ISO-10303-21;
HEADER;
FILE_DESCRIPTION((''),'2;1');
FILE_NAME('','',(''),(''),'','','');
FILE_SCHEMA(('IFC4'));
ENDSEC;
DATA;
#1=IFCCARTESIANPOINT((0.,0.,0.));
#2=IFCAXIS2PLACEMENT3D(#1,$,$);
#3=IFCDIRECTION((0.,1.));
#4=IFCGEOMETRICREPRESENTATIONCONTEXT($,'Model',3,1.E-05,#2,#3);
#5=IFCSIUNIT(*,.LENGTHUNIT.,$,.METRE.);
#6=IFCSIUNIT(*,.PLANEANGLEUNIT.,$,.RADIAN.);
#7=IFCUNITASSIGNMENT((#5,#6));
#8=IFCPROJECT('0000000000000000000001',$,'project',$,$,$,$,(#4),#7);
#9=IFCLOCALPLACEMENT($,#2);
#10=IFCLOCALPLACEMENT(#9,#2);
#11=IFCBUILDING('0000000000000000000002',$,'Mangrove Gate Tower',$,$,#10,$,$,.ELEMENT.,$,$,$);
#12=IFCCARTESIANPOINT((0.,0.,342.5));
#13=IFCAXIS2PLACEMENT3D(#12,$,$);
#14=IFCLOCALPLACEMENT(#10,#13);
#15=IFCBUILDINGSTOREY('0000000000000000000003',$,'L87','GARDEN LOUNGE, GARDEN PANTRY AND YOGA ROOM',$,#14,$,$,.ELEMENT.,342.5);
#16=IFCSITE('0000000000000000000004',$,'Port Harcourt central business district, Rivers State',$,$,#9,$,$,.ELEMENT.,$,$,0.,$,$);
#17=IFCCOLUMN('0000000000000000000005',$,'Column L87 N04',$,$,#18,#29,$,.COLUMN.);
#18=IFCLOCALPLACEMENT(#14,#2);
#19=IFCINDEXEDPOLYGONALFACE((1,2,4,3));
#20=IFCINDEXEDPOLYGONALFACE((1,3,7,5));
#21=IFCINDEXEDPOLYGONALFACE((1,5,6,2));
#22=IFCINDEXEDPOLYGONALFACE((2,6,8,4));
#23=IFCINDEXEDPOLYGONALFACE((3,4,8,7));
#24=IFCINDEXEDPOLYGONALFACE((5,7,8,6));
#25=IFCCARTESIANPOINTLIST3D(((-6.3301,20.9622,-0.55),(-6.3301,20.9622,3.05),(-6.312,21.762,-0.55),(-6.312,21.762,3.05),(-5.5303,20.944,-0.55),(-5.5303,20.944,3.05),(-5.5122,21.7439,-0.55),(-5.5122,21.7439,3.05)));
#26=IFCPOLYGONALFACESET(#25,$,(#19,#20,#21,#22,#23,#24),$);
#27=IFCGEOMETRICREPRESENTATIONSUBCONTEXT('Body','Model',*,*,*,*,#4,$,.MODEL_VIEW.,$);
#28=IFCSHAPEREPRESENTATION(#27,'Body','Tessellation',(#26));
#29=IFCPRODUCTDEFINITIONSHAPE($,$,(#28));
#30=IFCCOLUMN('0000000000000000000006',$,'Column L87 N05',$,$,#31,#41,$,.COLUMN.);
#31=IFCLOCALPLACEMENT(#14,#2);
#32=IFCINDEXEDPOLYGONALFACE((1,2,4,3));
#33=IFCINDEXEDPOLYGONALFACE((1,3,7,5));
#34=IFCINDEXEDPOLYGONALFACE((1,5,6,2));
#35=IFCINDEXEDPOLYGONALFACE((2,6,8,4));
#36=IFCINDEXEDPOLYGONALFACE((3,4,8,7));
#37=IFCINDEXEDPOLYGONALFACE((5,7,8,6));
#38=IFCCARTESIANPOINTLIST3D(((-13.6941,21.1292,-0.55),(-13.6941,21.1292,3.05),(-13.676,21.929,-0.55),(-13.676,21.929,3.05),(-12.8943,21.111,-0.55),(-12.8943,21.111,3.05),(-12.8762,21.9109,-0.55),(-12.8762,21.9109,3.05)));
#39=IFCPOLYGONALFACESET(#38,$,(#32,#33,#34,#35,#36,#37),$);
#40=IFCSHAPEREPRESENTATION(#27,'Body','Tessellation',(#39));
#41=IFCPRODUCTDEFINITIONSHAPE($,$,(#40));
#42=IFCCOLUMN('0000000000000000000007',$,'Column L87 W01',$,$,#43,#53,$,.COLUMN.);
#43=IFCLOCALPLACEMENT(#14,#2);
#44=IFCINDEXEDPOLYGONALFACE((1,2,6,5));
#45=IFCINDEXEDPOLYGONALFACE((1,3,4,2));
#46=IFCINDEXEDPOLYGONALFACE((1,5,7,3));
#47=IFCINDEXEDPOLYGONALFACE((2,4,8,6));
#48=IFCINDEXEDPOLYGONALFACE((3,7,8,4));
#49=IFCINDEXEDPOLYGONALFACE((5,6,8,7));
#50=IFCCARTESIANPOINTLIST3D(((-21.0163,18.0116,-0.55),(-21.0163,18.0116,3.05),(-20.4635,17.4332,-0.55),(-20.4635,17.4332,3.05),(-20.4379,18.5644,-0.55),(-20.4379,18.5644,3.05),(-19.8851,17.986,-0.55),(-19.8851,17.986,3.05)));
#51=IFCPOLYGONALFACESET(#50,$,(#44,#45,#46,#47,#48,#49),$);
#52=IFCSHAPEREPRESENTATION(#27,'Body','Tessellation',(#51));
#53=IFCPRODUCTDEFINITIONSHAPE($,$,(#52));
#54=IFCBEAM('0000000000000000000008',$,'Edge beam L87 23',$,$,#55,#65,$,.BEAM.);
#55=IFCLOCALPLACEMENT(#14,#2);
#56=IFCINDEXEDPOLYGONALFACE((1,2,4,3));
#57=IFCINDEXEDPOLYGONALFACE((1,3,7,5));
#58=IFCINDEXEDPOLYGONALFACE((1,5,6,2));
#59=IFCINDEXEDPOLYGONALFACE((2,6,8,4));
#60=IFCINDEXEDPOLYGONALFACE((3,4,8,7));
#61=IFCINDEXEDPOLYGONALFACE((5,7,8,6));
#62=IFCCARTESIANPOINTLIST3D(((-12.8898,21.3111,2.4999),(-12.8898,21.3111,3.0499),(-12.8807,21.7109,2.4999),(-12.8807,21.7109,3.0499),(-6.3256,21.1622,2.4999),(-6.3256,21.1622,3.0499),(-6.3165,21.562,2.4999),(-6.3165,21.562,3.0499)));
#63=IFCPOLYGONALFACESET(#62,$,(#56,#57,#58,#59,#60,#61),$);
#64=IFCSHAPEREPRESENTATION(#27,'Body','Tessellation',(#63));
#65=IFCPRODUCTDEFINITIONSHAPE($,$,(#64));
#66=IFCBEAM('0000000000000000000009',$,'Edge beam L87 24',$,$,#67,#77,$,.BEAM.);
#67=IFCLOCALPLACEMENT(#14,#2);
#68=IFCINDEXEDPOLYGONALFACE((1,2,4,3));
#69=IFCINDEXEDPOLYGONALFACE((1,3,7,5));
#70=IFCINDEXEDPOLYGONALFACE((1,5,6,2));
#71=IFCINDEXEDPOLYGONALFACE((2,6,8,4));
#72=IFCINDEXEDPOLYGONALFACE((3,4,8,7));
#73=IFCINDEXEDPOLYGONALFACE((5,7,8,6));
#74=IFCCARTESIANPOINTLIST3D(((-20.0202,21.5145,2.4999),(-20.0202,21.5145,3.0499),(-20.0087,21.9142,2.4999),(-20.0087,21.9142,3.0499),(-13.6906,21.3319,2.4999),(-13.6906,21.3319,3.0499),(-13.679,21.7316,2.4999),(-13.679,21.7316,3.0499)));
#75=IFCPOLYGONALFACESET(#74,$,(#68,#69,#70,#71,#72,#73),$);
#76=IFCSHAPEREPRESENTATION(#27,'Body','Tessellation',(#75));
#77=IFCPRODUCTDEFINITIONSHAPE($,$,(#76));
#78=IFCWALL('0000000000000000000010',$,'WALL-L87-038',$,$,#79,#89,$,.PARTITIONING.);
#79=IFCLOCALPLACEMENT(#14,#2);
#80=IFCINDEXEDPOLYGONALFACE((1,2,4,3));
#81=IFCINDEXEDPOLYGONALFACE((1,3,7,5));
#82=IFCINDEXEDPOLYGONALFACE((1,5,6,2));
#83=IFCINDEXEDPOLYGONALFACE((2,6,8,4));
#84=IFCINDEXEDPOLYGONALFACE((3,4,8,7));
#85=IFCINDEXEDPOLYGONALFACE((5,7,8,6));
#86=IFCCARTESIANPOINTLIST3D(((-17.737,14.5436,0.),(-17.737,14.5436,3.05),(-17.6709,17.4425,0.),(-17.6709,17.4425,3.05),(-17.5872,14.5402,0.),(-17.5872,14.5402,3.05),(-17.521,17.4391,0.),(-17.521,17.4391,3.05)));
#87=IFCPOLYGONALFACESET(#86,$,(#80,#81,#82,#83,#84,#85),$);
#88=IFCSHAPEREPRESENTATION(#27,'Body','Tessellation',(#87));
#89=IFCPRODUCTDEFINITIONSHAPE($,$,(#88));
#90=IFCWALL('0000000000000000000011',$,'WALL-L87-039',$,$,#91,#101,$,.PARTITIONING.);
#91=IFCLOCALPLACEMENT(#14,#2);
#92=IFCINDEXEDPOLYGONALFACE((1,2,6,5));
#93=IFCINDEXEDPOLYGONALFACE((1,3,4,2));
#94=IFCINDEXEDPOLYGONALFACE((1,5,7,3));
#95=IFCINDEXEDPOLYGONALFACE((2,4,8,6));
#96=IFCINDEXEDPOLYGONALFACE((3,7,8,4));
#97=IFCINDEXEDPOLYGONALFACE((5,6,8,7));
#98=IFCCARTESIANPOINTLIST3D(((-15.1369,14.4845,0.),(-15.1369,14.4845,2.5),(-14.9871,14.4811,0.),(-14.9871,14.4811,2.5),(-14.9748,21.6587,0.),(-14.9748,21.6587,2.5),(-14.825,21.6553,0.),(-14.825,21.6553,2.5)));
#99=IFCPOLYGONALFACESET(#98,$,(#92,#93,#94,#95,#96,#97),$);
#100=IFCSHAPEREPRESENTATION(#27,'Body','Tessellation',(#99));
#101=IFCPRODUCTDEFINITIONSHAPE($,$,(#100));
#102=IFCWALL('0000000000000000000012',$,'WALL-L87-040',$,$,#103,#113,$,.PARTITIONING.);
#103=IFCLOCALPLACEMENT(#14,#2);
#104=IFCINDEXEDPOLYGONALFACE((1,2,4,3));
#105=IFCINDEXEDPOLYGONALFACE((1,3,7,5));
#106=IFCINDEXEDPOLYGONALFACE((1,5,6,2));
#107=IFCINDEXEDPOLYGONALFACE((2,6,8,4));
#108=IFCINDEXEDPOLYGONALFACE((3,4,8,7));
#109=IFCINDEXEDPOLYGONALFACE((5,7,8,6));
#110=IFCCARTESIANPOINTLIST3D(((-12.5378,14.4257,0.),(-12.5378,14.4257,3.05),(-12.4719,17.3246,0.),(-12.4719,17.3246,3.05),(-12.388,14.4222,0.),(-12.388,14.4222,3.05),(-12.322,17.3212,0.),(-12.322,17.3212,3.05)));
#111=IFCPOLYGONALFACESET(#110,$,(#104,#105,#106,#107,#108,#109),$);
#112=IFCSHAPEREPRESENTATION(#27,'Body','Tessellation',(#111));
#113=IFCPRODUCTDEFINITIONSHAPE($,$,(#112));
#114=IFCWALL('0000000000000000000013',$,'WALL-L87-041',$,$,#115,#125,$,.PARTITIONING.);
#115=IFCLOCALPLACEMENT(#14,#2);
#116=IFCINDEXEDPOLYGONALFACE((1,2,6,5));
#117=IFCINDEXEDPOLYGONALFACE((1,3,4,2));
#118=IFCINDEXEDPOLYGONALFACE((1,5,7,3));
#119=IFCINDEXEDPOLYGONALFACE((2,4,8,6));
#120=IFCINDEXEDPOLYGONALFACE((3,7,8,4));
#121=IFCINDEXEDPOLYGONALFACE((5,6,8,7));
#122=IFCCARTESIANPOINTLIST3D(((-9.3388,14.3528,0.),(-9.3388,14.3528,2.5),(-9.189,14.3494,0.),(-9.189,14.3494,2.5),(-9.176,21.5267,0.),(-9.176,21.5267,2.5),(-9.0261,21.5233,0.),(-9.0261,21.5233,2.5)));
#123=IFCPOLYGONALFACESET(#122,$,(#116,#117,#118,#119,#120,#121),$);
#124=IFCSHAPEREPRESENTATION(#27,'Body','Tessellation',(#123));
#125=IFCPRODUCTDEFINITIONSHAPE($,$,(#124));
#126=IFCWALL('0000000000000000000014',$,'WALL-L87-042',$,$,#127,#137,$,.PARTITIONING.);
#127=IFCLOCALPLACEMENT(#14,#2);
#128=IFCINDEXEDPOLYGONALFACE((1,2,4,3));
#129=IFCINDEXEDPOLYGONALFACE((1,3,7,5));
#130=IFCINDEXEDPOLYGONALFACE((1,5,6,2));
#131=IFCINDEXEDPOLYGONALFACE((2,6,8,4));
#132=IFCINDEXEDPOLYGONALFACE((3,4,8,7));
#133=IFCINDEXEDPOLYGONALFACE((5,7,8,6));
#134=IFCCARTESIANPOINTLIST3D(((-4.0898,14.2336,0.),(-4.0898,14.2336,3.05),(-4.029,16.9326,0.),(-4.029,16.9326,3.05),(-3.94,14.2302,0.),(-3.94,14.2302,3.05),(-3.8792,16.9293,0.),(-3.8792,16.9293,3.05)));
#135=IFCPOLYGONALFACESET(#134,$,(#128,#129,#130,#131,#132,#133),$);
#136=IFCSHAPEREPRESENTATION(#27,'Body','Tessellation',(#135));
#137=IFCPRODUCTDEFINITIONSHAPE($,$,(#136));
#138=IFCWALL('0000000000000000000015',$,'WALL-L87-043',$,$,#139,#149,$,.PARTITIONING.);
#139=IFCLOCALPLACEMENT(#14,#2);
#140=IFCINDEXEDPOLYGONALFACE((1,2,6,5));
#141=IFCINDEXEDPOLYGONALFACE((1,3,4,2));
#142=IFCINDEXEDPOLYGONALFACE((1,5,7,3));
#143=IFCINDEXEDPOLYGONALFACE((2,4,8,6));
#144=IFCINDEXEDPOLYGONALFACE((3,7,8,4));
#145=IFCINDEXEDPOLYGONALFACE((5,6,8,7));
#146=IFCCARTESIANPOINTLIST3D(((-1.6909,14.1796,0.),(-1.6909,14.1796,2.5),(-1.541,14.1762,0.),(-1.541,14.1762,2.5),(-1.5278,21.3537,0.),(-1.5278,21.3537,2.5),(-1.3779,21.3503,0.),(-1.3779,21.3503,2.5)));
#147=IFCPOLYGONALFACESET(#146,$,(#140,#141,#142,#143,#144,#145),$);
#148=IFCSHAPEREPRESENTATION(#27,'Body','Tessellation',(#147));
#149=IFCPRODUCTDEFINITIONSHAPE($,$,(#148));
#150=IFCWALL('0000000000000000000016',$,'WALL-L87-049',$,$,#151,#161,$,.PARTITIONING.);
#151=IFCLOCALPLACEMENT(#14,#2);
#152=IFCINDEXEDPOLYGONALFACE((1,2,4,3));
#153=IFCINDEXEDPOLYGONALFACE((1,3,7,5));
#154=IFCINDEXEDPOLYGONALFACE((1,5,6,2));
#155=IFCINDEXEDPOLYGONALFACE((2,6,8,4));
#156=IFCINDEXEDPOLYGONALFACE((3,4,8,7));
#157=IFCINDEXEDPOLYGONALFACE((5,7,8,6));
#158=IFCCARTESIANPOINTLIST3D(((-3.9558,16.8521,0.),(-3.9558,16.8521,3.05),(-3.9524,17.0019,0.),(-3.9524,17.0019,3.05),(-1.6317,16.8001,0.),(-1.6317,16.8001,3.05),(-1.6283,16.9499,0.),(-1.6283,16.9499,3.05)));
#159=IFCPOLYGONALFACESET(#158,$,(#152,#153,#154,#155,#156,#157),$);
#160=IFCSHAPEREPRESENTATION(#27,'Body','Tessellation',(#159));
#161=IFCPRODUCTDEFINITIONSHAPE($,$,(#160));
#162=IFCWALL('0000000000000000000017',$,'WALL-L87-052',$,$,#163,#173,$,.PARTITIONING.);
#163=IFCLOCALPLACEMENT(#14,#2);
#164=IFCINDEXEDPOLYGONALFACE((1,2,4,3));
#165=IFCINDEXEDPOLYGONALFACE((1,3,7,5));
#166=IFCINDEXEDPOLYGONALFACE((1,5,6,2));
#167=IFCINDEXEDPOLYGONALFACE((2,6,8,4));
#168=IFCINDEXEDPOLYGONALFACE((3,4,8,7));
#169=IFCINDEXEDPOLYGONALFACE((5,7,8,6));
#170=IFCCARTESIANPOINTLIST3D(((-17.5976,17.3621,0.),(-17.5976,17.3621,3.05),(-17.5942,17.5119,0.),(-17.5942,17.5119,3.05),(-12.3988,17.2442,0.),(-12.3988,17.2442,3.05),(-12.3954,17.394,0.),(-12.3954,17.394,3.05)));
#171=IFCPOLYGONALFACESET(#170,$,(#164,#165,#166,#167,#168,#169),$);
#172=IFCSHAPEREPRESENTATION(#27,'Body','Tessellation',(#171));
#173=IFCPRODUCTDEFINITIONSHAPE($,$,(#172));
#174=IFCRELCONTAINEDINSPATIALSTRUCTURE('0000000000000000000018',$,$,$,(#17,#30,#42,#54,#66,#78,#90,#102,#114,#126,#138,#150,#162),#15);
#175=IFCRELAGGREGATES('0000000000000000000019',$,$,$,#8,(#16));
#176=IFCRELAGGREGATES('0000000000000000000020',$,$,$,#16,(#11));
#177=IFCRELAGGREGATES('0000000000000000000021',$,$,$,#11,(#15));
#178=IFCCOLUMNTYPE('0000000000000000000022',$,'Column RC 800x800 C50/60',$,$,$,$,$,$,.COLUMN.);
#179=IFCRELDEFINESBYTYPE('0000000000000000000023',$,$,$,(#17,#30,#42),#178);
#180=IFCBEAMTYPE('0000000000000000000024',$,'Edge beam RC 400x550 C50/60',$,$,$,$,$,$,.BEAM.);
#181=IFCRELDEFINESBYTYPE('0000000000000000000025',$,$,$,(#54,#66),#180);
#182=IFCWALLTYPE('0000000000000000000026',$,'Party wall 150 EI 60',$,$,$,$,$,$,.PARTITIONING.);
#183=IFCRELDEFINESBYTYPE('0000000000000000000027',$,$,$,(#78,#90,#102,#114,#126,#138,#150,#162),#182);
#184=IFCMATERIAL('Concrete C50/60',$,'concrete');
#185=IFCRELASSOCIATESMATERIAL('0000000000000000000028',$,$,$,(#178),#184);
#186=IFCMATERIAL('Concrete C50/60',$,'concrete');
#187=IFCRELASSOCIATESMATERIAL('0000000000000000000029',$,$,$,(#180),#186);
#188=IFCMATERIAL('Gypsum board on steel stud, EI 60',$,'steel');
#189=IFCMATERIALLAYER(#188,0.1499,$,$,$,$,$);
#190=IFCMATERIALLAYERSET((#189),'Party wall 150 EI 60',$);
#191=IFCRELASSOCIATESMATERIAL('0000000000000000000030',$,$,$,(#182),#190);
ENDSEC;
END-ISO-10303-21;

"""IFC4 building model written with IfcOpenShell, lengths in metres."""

from ifc_helpers import new_model, si_unit, direction, frame, frame_2d, origin, origin_2d, place, context, subcontext, project, spatial, rectangle, extrude, material, layer, layer_set, material_profile, profile_set, type_object, element, save


model = new_model("IFC4")

# Units and contexts
model_context = context("Model", 3, precision=1e-05, world=origin(), true_north=direction((0.0, 1.0)))
body_context = subcontext(model_context, "Body", "Model", "MODEL_VIEW")
ifc_project = project(units=[si_unit("LENGTHUNIT", "METRE"), si_unit("PLANEANGLEUNIT", "RADIAN")], contexts=[model_context])

# Site, building, storey
site_placement = place(None, origin())
site = spatial("IfcSite", under=ifc_project, at=site_placement, Name="Port Harcourt central business district, Rivers State", CompositionType="ELEMENT", RefElevation=0.0)
building_placement = place(site_placement, origin())
building = spatial("IfcBuilding", under=site, at=building_placement, Name="Mangrove Gate Tower", CompositionType="ELEMENT")
storey_placement = place(building_placement, frame((0.0, 0.0, 342.5)))
storey = spatial("IfcBuildingStorey", under=building, at=storey_placement, Name="L87", Description="GARDEN LOUNGE, GARDEN PANTRY AND YOGA ROOM", CompositionType="ELEMENT", Elevation=342.5)

# Columns
ifc_material_1 = material(Name="Concrete C50/60", Category="concrete")
ifc_material_profile_1 = material_profile(ifc_material_1, rectangle(XDim=0.8, YDim=0.8, at=origin_2d()))
ifc_profile_set_1 = profile_set([ifc_material_profile_1], Name="Concrete C50/60")
column_type = type_object("IfcColumnType", Name="Column RC 800x800 C50/60", PredefinedType="COLUMN", material=ifc_profile_set_1)
for number, where, z_axis, x_axis, name in (
    (1, (-5.9211, 21.353, -0.55), (0.0, 0.0, 1.0), (-0.999743, 0.022671, 0.0), "Column L87 N04"),
    (2, (-13.2852, 21.52, -0.55), (0.0, 0.0, 1.0), (-0.999743, 0.022671, 0.0), "Column L87 N05"),
    (3, (-20.4507, 17.9988, -0.55), (0.0, 0.0, 1.0), (-0.722929, -0.690923, 0.0), "Column L87 W01"),
):
    element("IfcColumn", number, at=place(storey_placement, frame(where, z_axis=z_axis, x_axis=x_axis)), inside=storey, type_object=column_type, Name=name, PredefinedType="COLUMN", context=body_context, shape_type="SweptSolid", body=[
        extrude(rectangle(XDim=0.8, YDim=0.8, at=origin_2d()), origin(), (0.0, 0.0, 1.0), 3.6001),
    ])

# Beams
ifc_material_2 = material(Name="Concrete C50/60", Category="concrete")
ifc_material_profile_2 = material_profile(ifc_material_2, rectangle(XDim=0.3999, YDim=0.55, at=origin_2d()))
ifc_profile_set_2 = profile_set([ifc_material_profile_2], Name="Concrete C50/60")
beam_type = type_object("IfcBeamType", Name="Edge beam RC 400x550 C50/60", PredefinedType="BEAM", material=ifc_profile_set_2)
beam_1_placement = place(storey_placement, frame((-6.321, 21.3621, 2.7749), z_axis=(-0.999743, 0.022682, 0.0), x_axis=(-0.022682, -0.999743, 0.0)))
element("IfcBeam", 4, at=beam_1_placement, inside=storey, type_object=beam_type, Name="Edge beam L87 23", PredefinedType="BEAM", context=body_context, shape_type="SweptSolid", body=[
    extrude(rectangle(XDim=0.3999, YDim=0.55, at=origin_2d()), origin(), (0.0, 0.0, 1.0), 6.5659),
])
beam_2_placement = place(storey_placement, frame((-13.6848, 21.5317, 2.7749), z_axis=(-0.999584, 0.028839, 0.0), x_axis=(-0.028839, -0.999584, 0.0)))
element("IfcBeam", 5, at=beam_2_placement, inside=storey, type_object=beam_type, Name="Edge beam L87 24", PredefinedType="BEAM", context=body_context, shape_type="SweptSolid", body=[
    extrude(rectangle(XDim=0.3999, YDim=0.55, at=origin_2d()), origin(), (0.0, 0.0, 1.0), 6.3323),
])

# Walls
ifc_material_3 = material(Name="Gypsum board on steel stud, EI 60", Category="steel")
ifc_layer_1 = layer(ifc_material_3, 0.1499)
ifc_layer_set_1 = layer_set([ifc_layer_1], Name="Party wall 150 EI 60")
wall_type_1 = type_object("IfcWallType", Name="Party wall 150 EI 60", PredefinedType="PARTITIONING", material=ifc_layer_set_1)
wall_1_placement = place(storey_placement, frame((-17.6621, 14.542, 0.0), z_axis=(0.0, 0.0, 1.0), x_axis=(0.022817, 0.99974, 0.0)))
element("IfcWall", 6, at=wall_1_placement, inside=storey, type_object=wall_type_1, Name="WALL-L87-038", PredefinedType="PARTITIONING", context=body_context, shape_type="SweptSolid", body=[
    extrude(rectangle(XDim=2.8997, YDim=0.1499, at=frame_2d((1.4497, 0.0))), origin(), (0.0, 0.0, 1.0), 3.05),
])
wall_2_placement = place(storey_placement, frame((-15.062, 14.4829, 0.0), z_axis=(0.0, 0.0, 1.0), x_axis=(0.022591, 0.999745, 0.0)))
element("IfcWall", 7, at=wall_2_placement, inside=storey, type_object=wall_type_1, Name="WALL-L87-039", PredefinedType="PARTITIONING", context=body_context, shape_type="SweptSolid", body=[
    extrude(rectangle(XDim=7.176, YDim=0.1499, at=frame_2d((3.5879, 0.0))), origin(), (0.0, 0.0, 1.0), 2.5),
])
wall_3_placement = place(storey_placement, frame((-12.4629, 14.4241, 0.0), z_axis=(0.0, 0.0, 1.0), x_axis=(0.022733, 0.999742, 0.0)))
element("IfcWall", 8, at=wall_3_placement, inside=storey, type_object=wall_type_1, Name="WALL-L87-040", PredefinedType="PARTITIONING", context=body_context, shape_type="SweptSolid", body=[
    extrude(rectangle(XDim=2.8997, YDim=0.1499, at=frame_2d((1.4497, 0.0))), origin(), (0.0, 0.0, 1.0), 3.05),
])
wall_4_placement = place(storey_placement, frame((-9.2639, 14.3511, 0.0), z_axis=(0.0, 0.0, 1.0), x_axis=(0.022694, 0.999742, 0.0)))
element("IfcWall", 9, at=wall_4_placement, inside=storey, type_object=wall_type_1, Name="WALL-L87-041", PredefinedType="PARTITIONING", context=body_context, shape_type="SweptSolid", body=[
    extrude(rectangle(XDim=7.1758, YDim=0.1499, at=frame_2d((3.5879, 0.0))), origin(), (0.0, 0.0, 1.0), 2.5),
])
wall_5_placement = place(storey_placement, frame((-4.0149, 14.2319, 0.0), z_axis=(0.0, 0.0, 1.0), x_axis=(0.022518, 0.999746, 0.0)))
element("IfcWall", 10, at=wall_5_placement, inside=storey, type_object=wall_type_1, Name="WALL-L87-042", PredefinedType="PARTITIONING", context=body_context, shape_type="SweptSolid", body=[
    extrude(rectangle(XDim=2.6997, YDim=0.1499, at=frame_2d((1.3499, 0.0))), origin(), (0.0, 0.0, 1.0), 3.05),
])
wall_6_placement = place(storey_placement, frame((-1.616, 14.178, 0.0), z_axis=(0.0, 0.0, 1.0), x_axis=(0.022727, 0.999742, 0.0)))
element("IfcWall", 11, at=wall_6_placement, inside=storey, type_object=wall_type_1, Name="WALL-L87-043", PredefinedType="PARTITIONING", context=body_context, shape_type="SweptSolid", body=[
    extrude(rectangle(XDim=7.176, YDim=0.1499, at=frame_2d((3.5879, 0.0))), origin(), (0.0, 0.0, 1.0), 2.5),
])
wall_7_placement = place(storey_placement, frame((-3.9541, 16.927, 0.0), z_axis=(0.0, 0.0, 1.0), x_axis=(0.99975, -0.022368, 0.0)))
element("IfcWall", 12, at=wall_7_placement, inside=storey, type_object=wall_type_1, Name="WALL-L87-049", PredefinedType="PARTITIONING", context=body_context, shape_type="SweptSolid", body=[
    extrude(rectangle(XDim=2.3247, YDim=0.1499, at=frame_2d((1.1624, 0.0))), origin(), (0.0, 0.0, 1.0), 3.05),
])
wall_8_placement = place(storey_placement, frame((-17.5959, 17.437, 0.0), z_axis=(0.0, 0.0, 1.0), x_axis=(0.999743, -0.022676, 0.0)))
element("IfcWall", 13, at=wall_8_placement, inside=storey, type_object=wall_type_1, Name="WALL-L87-052", PredefinedType="PARTITIONING", context=body_context, shape_type="SweptSolid", body=[
    extrude(rectangle(XDim=5.2002, YDim=0.1499, at=frame_2d((2.6001, 0.0))), origin(), (0.0, 0.0, 1.0), 3.05),
])

save(model, "model.ifc")
